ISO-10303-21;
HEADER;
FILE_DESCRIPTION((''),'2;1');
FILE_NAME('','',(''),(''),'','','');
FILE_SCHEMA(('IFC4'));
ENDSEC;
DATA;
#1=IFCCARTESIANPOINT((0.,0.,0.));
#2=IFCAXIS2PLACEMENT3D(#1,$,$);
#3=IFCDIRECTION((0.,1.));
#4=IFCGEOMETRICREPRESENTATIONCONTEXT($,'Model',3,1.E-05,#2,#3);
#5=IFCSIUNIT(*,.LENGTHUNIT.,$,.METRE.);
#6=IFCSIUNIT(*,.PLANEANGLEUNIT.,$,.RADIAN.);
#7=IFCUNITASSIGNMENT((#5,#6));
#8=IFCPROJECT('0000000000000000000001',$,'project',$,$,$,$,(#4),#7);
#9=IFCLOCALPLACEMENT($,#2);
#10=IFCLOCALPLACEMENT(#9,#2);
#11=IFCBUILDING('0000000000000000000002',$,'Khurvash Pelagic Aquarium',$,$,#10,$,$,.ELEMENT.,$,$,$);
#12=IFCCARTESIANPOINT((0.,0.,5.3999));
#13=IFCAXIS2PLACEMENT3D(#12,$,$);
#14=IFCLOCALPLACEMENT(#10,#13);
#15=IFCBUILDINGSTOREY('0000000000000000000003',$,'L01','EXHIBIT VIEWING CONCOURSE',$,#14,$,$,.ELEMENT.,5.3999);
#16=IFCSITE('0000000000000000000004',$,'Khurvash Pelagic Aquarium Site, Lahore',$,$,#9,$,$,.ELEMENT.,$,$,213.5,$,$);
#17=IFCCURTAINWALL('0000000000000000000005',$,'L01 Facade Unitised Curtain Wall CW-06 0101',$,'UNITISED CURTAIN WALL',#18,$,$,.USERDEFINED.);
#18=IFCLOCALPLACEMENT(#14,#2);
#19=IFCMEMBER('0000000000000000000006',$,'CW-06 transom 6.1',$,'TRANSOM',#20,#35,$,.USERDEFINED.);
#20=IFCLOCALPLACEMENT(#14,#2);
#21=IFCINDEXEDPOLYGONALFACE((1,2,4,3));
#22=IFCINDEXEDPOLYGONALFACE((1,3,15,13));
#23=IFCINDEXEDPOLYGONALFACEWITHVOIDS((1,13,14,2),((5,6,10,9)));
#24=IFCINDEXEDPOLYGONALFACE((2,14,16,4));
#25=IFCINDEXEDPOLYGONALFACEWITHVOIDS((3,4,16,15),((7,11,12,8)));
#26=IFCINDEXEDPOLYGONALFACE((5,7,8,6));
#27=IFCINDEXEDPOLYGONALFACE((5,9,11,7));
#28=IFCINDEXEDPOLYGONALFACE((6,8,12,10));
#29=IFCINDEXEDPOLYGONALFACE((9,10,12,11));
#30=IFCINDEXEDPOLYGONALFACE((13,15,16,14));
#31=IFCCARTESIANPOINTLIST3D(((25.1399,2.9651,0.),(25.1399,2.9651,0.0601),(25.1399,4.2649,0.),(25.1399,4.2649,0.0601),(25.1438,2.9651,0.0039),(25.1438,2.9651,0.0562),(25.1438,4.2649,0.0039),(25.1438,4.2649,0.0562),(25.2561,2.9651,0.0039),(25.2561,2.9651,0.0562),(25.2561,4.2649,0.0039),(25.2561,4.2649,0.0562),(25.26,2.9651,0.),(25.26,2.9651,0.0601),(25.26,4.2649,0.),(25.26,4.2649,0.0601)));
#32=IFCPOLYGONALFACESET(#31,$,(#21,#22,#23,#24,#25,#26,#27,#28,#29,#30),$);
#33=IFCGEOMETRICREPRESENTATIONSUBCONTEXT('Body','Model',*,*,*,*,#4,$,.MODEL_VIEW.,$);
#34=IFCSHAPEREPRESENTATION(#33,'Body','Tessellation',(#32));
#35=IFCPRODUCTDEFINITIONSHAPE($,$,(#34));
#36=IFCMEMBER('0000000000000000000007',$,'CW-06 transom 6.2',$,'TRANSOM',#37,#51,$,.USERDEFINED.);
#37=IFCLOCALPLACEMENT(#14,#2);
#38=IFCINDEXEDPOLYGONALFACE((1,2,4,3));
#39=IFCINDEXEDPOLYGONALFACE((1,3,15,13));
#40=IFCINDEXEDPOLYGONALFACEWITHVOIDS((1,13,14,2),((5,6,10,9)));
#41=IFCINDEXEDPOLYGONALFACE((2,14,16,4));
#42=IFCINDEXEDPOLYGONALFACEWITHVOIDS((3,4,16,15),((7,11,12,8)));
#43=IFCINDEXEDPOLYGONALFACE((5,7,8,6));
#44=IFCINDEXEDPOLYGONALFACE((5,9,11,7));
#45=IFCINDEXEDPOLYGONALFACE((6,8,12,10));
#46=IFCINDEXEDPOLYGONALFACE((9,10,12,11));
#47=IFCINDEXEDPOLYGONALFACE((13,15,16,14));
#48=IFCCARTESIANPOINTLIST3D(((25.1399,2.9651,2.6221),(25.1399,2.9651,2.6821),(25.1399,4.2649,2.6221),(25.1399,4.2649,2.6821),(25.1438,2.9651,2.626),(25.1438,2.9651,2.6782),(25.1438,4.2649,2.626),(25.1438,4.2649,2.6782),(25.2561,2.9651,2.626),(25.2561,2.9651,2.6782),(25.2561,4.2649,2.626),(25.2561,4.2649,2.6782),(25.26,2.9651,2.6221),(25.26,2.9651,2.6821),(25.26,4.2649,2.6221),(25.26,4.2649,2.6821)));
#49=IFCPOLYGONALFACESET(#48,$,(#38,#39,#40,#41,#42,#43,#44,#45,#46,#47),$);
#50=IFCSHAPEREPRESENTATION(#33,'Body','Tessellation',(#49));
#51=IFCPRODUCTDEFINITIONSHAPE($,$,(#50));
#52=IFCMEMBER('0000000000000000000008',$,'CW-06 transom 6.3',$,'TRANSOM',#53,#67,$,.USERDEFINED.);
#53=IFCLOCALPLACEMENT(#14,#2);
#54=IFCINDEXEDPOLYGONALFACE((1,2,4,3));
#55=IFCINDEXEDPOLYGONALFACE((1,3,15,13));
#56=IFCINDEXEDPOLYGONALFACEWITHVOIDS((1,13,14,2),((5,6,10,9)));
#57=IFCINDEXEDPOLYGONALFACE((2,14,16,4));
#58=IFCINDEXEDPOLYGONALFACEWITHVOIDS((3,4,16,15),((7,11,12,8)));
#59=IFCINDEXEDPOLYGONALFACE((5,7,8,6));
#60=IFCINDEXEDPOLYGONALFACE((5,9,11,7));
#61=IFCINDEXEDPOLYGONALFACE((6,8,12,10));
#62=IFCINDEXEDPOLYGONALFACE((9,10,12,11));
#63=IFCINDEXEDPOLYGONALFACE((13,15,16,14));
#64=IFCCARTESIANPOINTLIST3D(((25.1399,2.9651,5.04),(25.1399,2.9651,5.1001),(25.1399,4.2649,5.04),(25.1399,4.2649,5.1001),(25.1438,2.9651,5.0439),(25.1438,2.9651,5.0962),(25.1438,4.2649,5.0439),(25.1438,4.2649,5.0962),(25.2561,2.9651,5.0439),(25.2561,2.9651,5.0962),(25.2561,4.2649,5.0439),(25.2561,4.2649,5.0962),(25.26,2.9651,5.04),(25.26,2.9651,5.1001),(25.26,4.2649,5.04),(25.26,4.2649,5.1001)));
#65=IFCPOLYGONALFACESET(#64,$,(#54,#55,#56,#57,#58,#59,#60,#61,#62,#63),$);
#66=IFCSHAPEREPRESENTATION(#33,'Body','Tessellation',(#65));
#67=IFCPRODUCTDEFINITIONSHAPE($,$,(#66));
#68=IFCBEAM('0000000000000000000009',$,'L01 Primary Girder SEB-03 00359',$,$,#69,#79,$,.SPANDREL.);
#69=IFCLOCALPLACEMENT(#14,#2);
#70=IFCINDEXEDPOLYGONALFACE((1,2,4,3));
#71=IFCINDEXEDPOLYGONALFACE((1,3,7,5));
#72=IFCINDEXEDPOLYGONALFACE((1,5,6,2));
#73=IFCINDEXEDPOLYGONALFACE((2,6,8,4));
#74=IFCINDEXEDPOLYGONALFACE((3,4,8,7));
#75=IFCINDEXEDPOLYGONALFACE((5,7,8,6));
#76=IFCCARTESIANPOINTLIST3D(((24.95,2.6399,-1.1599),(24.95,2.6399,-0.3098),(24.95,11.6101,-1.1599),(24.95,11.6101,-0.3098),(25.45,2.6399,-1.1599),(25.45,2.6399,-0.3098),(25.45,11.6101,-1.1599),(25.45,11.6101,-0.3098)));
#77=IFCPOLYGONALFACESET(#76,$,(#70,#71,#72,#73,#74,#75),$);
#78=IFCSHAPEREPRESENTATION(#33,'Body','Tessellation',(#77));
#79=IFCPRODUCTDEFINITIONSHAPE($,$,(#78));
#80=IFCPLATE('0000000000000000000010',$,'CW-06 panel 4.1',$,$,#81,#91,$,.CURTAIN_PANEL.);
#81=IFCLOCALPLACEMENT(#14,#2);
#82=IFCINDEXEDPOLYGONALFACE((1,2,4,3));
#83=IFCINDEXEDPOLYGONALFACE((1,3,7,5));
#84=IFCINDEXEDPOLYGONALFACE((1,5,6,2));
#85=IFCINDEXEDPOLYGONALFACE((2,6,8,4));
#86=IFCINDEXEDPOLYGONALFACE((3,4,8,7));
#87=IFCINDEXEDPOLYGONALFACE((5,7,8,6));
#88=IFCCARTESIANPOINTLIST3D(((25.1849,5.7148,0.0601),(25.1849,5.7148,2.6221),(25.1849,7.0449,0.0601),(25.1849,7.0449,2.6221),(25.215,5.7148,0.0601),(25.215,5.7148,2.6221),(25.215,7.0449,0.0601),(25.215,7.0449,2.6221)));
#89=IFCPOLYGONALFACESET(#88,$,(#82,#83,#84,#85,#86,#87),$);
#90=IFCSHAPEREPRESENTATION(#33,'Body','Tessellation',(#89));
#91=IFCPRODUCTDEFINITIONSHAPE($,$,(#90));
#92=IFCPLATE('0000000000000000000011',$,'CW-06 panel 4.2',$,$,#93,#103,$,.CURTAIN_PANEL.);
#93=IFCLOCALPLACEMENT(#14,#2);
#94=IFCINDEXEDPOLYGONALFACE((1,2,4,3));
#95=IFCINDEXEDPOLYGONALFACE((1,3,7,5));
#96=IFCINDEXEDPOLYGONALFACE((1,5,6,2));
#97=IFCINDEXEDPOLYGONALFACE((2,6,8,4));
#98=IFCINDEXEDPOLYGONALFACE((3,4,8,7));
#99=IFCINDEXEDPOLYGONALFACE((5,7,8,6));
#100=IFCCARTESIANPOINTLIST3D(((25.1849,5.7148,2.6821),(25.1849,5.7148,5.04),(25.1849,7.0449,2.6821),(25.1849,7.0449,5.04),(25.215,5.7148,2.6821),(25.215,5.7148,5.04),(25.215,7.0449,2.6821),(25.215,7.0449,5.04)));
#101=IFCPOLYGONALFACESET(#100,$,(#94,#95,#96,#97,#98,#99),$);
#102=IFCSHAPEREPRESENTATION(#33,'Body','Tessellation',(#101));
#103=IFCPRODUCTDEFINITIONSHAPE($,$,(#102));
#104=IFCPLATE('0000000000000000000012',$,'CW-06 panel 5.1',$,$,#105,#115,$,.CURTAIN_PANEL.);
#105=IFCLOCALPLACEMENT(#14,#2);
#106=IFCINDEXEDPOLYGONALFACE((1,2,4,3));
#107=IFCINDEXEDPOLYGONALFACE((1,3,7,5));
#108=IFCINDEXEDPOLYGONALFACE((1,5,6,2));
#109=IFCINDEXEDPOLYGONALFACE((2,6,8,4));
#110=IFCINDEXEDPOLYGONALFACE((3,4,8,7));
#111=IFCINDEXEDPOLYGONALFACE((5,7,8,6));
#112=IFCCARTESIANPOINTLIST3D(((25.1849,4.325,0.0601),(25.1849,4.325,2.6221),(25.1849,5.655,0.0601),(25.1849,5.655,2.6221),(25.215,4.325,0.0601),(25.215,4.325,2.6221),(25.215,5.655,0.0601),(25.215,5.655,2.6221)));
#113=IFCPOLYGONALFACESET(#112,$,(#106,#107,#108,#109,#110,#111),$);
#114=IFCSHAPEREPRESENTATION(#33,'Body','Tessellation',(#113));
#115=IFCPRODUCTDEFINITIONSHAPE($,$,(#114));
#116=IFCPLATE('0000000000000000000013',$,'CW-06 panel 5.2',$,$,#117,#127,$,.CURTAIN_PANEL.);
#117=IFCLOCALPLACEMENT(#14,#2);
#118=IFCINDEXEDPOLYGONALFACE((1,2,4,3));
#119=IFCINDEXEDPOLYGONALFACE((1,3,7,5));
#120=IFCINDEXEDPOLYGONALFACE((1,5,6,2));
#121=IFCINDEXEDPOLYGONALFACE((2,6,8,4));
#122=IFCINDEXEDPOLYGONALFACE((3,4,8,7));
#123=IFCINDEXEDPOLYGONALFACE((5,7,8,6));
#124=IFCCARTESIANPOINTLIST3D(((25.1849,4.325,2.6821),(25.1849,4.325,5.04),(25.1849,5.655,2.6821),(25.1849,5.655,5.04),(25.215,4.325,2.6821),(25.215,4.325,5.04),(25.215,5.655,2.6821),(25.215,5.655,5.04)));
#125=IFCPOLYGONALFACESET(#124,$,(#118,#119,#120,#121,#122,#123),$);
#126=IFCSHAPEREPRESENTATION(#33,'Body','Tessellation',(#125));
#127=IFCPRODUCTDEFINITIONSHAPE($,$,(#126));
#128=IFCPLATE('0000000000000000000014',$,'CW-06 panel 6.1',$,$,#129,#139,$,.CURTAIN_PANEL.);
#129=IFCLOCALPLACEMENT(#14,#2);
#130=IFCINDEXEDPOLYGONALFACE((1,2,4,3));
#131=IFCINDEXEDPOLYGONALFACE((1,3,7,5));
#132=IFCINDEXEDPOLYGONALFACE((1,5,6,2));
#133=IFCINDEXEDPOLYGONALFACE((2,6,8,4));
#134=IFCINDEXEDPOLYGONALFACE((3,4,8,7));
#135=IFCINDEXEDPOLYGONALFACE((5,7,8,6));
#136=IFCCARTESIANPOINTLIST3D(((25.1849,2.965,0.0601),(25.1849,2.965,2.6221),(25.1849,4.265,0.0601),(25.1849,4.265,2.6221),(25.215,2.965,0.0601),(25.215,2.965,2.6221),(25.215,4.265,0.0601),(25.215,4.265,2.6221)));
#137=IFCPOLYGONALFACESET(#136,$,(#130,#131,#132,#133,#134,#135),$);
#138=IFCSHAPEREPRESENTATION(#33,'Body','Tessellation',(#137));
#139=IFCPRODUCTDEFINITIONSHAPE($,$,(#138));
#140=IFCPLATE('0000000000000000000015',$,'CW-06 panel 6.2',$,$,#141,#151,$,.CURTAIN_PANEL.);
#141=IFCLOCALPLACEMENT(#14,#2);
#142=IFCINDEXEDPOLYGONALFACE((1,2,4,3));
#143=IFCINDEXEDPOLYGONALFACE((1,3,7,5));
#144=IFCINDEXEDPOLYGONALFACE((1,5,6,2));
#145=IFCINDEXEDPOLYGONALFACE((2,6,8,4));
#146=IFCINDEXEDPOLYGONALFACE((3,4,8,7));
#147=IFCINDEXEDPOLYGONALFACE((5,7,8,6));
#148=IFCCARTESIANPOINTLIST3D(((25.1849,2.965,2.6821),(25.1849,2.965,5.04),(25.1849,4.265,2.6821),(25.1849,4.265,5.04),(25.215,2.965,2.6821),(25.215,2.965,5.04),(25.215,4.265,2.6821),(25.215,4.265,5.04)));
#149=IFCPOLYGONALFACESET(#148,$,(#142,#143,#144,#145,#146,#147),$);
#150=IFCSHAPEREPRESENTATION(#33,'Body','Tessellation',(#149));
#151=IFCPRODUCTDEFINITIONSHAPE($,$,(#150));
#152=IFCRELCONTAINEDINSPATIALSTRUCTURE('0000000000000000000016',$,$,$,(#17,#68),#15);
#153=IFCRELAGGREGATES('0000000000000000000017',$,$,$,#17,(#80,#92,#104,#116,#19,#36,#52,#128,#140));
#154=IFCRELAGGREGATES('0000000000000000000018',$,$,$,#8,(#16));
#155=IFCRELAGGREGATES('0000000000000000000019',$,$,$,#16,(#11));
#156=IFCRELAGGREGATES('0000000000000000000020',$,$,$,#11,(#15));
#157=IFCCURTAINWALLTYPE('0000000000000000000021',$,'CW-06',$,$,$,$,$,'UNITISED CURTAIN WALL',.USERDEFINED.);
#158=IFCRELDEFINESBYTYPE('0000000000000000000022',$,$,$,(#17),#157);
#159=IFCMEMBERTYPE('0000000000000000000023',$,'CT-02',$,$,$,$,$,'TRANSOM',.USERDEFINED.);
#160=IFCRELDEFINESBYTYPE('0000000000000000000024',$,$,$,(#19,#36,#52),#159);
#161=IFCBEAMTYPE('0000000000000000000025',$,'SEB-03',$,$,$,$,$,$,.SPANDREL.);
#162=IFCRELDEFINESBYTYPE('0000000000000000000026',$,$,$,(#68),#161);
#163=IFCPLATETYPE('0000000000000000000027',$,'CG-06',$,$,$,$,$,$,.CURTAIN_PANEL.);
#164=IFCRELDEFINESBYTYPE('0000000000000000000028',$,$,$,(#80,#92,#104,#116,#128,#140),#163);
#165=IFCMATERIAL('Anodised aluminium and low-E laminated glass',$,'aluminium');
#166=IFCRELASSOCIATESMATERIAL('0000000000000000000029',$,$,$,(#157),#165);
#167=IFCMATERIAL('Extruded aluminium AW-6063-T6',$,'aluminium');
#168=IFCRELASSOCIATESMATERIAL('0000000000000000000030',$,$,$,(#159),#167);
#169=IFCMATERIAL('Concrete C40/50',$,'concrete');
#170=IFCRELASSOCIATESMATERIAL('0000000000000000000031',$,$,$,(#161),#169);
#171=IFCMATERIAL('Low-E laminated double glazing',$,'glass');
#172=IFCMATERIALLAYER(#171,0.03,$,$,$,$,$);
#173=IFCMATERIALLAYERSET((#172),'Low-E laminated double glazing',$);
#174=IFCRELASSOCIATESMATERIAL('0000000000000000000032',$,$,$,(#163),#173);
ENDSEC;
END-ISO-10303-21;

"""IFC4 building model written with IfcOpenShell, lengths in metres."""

from ifc_helpers import new_model, si_unit, direction, frame, origin, origin_2d, place, context, subcontext, project, spatial, rectangle, hollow_rectangle, extrude, material, layer, layer_set, material_profile, profile_set, type_object, element, aggregate, save


model = new_model("IFC4")

# Units and contexts
model_context = context("Model", 3, precision=1e-05, world=origin(), true_north=direction((0.0, 1.0)))
body_context = subcontext(model_context, "Body", "Model", "MODEL_VIEW")
ifc_project = project(units=[si_unit("LENGTHUNIT", "METRE"), si_unit("PLANEANGLEUNIT", "RADIAN")], contexts=[model_context])

# Site, building, storey
site_placement = place(None, origin())
site = spatial("IfcSite", under=ifc_project, at=site_placement, Name="Khurvash Pelagic Aquarium Site, Lahore", CompositionType="ELEMENT", RefElevation=213.5)
building_placement = place(site_placement, origin())
building = spatial("IfcBuilding", under=site, at=building_placement, Name="Khurvash Pelagic Aquarium", CompositionType="ELEMENT")
storey_placement = place(building_placement, frame((0.0, 0.0, 5.3999)))
storey = spatial("IfcBuildingStorey", under=building, at=storey_placement, Name="L01", Description="EXHIBIT VIEWING CONCOURSE", CompositionType="ELEMENT", Elevation=5.3999)

# Shared definitions
ifc_material_1 = material(Name="Concrete C40/50", Category="concrete")

# Curtain wall, members
ifc_material_2 = material(Name="Anodised aluminium and low-E laminated glass", Category="aluminium")
curtain_wall_type = type_object("IfcCurtainWallType", Name="CW-06", ElementType="UNITISED CURTAIN WALL", PredefinedType="USERDEFINED", material=ifc_material_2)
curtain_wall_placement = place(storey_placement, origin())
curtain_wall = element("IfcCurtainWall", 1, at=curtain_wall_placement, inside=storey, type_object=curtain_wall_type, Name="L01 Facade Unitised Curtain Wall CW-06 0101", ObjectType="UNITISED CURTAIN WALL", PredefinedType="USERDEFINED")
ifc_material_3 = material(Name="Extruded aluminium AW-6063-T6", Category="aluminium")
ifc_material_profile_1 = material_profile(ifc_material_3, hollow_rectangle(XDim=0.1201, YDim=0.0601, WallThickness=0.0039, at=origin_2d()), Name="CWT120X60X4")
ifc_profile_set_1 = profile_set([ifc_material_profile_1], Name="Extruded aluminium AW-6063-T6")
member_type_1 = type_object("IfcMemberType", Name="CT-02", ElementType="TRANSOM", PredefinedType="USERDEFINED", material=ifc_profile_set_1)
member_1_placement = place(storey_placement, frame((25.2, 4.2649, 0.03), z_axis=(0.0, -1.0, 0.0), x_axis=(1.0, 0.0, 0.0)))
member_1 = element("IfcMember", 2, at=member_1_placement, type_object=member_type_1, Name="CW-06 transom 6.1", ObjectType="TRANSOM", PredefinedType="USERDEFINED", context=body_context, shape_type="SweptSolid", body=[
    extrude(hollow_rectangle(XDim=0.1201, YDim=0.0601, WallThickness=0.0039, at=origin_2d()), origin(), (0.0, 0.0, 1.0), 1.2998),
])
member_2_placement = place(storey_placement, frame((25.2, 4.2649, 2.6521), z_axis=(0.0, -1.0, 0.0), x_axis=(1.0, 0.0, 0.0)))
member_2 = element("IfcMember", 3, at=member_2_placement, type_object=member_type_1, Name="CW-06 transom 6.2", ObjectType="TRANSOM", PredefinedType="USERDEFINED", context=body_context, shape_type="SweptSolid", body=[
    extrude(hollow_rectangle(XDim=0.1201, YDim=0.0601, WallThickness=0.0039, at=origin_2d()), origin(), (0.0, 0.0, 1.0), 1.2998),
])
member_3_placement = place(storey_placement, frame((25.2, 4.2649, 5.0701), z_axis=(0.0, -1.0, 0.0), x_axis=(1.0, 0.0, 0.0)))
member_3 = element("IfcMember", 4, at=member_3_placement, type_object=member_type_1, Name="CW-06 transom 6.3", ObjectType="TRANSOM", PredefinedType="USERDEFINED", context=body_context, shape_type="SweptSolid", body=[
    extrude(hollow_rectangle(XDim=0.1201, YDim=0.0601, WallThickness=0.0039, at=origin_2d()), origin(), (0.0, 0.0, 1.0), 1.2998),
])

# Beam
ifc_material_profile_2 = material_profile(ifc_material_1, rectangle(XDim=0.5, YDim=0.8501, at=origin_2d()), Name="RC500X850")
ifc_profile_set_2 = profile_set([ifc_material_profile_2], Name="Concrete C40/50")
beam_type = type_object("IfcBeamType", Name="SEB-03", PredefinedType="SPANDREL", material=ifc_profile_set_2)
beam_placement = place(storey_placement, frame((25.2, 2.6399, -0.7349), z_axis=(0.0, 1.0, 0.0), x_axis=(-1.0, 0.0, 0.0)))
element("IfcBeam", 5, at=beam_placement, inside=storey, type_object=beam_type, Name="L01 Primary Girder SEB-03 00359", PredefinedType="SPANDREL", context=body_context, shape_type="SweptSolid", body=[
    extrude(rectangle(XDim=0.5, YDim=0.8501, at=origin_2d()), origin(), (0.0, 0.0, 1.0), 8.9702),
])

# Plates
ifc_material_4 = material(Name="Low-E laminated double glazing", Category="glass")
ifc_layer = layer(ifc_material_4, 0.03)
ifc_layer_set = layer_set([ifc_layer], Name="Low-E laminated double glazing")
plate_type = type_object("IfcPlateType", Name="CG-06", PredefinedType="CURTAIN_PANEL", material=ifc_layer_set)
plate_1_placement = place(storey_placement, frame((25.2, 6.3799, 0.0601), z_axis=(0.0, 0.0, 1.0), x_axis=(0.0, -1.0, 0.0)))
plate_1 = element("IfcPlate", 6, at=plate_1_placement, type_object=plate_type, Name="CW-06 panel 4.1", PredefinedType="CURTAIN_PANEL", context=body_context, shape_type="SweptSolid", body=[
    extrude(rectangle(XDim=1.3301, YDim=0.03, at=origin_2d()), origin(), (0.0, 0.0, 1.0), 2.562),
])
plate_2_placement = place(storey_placement, frame((25.2, 6.3799, 2.6821), z_axis=(0.0, 0.0, 1.0), x_axis=(0.0, -1.0, 0.0)))
plate_2 = element("IfcPlate", 7, at=plate_2_placement, type_object=plate_type, Name="CW-06 panel 4.2", PredefinedType="CURTAIN_PANEL", context=body_context, shape_type="SweptSolid", body=[
    extrude(rectangle(XDim=1.3301, YDim=0.03, at=origin_2d()), origin(), (0.0, 0.0, 1.0), 2.3579),
])
plate_3_placement = place(storey_placement, frame((25.2, 4.99, 0.0601), z_axis=(0.0, 0.0, 1.0), x_axis=(0.0, -1.0, 0.0)))
plate_3 = element("IfcPlate", 8, at=plate_3_placement, type_object=plate_type, Name="CW-06 panel 5.1", PredefinedType="CURTAIN_PANEL", context=body_context, shape_type="SweptSolid", body=[
    extrude(rectangle(XDim=1.3301, YDim=0.03, at=origin_2d()), origin(), (0.0, 0.0, 1.0), 2.562),
])
plate_4_placement = place(storey_placement, frame((25.2, 4.99, 2.6821), z_axis=(0.0, 0.0, 1.0), x_axis=(0.0, -1.0, 0.0)))
plate_4 = element("IfcPlate", 9, at=plate_4_placement, type_object=plate_type, Name="CW-06 panel 5.2", PredefinedType="CURTAIN_PANEL", context=body_context, shape_type="SweptSolid", body=[
    extrude(rectangle(XDim=1.3301, YDim=0.03, at=origin_2d()), origin(), (0.0, 0.0, 1.0), 2.3579),
])
plate_5_placement = place(storey_placement, frame((25.2, 3.615, 0.0601), z_axis=(0.0, 0.0, 1.0), x_axis=(0.0, -1.0, 0.0)))
plate_5 = element("IfcPlate", 10, at=plate_5_placement, type_object=plate_type, Name="CW-06 panel 6.1", PredefinedType="CURTAIN_PANEL", context=body_context, shape_type="SweptSolid", body=[
    extrude(rectangle(XDim=1.3, YDim=0.03, at=origin_2d()), origin(), (0.0, 0.0, 1.0), 2.562),
])
plate_6_placement = place(storey_placement, frame((25.2, 3.615, 2.6821), z_axis=(0.0, 0.0, 1.0), x_axis=(0.0, -1.0, 0.0)))
plate_6 = element("IfcPlate", 11, at=plate_6_placement, type_object=plate_type, Name="CW-06 panel 6.2", PredefinedType="CURTAIN_PANEL", context=body_context, shape_type="SweptSolid", body=[
    extrude(rectangle(XDim=1.3, YDim=0.03, at=origin_2d()), origin(), (0.0, 0.0, 1.0), 2.3579),
])
aggregate(curtain_wall, [plate_1, plate_2, plate_3, plate_4, member_1, member_2, member_3, plate_5, plate_6])

save(model, "model.ifc")
